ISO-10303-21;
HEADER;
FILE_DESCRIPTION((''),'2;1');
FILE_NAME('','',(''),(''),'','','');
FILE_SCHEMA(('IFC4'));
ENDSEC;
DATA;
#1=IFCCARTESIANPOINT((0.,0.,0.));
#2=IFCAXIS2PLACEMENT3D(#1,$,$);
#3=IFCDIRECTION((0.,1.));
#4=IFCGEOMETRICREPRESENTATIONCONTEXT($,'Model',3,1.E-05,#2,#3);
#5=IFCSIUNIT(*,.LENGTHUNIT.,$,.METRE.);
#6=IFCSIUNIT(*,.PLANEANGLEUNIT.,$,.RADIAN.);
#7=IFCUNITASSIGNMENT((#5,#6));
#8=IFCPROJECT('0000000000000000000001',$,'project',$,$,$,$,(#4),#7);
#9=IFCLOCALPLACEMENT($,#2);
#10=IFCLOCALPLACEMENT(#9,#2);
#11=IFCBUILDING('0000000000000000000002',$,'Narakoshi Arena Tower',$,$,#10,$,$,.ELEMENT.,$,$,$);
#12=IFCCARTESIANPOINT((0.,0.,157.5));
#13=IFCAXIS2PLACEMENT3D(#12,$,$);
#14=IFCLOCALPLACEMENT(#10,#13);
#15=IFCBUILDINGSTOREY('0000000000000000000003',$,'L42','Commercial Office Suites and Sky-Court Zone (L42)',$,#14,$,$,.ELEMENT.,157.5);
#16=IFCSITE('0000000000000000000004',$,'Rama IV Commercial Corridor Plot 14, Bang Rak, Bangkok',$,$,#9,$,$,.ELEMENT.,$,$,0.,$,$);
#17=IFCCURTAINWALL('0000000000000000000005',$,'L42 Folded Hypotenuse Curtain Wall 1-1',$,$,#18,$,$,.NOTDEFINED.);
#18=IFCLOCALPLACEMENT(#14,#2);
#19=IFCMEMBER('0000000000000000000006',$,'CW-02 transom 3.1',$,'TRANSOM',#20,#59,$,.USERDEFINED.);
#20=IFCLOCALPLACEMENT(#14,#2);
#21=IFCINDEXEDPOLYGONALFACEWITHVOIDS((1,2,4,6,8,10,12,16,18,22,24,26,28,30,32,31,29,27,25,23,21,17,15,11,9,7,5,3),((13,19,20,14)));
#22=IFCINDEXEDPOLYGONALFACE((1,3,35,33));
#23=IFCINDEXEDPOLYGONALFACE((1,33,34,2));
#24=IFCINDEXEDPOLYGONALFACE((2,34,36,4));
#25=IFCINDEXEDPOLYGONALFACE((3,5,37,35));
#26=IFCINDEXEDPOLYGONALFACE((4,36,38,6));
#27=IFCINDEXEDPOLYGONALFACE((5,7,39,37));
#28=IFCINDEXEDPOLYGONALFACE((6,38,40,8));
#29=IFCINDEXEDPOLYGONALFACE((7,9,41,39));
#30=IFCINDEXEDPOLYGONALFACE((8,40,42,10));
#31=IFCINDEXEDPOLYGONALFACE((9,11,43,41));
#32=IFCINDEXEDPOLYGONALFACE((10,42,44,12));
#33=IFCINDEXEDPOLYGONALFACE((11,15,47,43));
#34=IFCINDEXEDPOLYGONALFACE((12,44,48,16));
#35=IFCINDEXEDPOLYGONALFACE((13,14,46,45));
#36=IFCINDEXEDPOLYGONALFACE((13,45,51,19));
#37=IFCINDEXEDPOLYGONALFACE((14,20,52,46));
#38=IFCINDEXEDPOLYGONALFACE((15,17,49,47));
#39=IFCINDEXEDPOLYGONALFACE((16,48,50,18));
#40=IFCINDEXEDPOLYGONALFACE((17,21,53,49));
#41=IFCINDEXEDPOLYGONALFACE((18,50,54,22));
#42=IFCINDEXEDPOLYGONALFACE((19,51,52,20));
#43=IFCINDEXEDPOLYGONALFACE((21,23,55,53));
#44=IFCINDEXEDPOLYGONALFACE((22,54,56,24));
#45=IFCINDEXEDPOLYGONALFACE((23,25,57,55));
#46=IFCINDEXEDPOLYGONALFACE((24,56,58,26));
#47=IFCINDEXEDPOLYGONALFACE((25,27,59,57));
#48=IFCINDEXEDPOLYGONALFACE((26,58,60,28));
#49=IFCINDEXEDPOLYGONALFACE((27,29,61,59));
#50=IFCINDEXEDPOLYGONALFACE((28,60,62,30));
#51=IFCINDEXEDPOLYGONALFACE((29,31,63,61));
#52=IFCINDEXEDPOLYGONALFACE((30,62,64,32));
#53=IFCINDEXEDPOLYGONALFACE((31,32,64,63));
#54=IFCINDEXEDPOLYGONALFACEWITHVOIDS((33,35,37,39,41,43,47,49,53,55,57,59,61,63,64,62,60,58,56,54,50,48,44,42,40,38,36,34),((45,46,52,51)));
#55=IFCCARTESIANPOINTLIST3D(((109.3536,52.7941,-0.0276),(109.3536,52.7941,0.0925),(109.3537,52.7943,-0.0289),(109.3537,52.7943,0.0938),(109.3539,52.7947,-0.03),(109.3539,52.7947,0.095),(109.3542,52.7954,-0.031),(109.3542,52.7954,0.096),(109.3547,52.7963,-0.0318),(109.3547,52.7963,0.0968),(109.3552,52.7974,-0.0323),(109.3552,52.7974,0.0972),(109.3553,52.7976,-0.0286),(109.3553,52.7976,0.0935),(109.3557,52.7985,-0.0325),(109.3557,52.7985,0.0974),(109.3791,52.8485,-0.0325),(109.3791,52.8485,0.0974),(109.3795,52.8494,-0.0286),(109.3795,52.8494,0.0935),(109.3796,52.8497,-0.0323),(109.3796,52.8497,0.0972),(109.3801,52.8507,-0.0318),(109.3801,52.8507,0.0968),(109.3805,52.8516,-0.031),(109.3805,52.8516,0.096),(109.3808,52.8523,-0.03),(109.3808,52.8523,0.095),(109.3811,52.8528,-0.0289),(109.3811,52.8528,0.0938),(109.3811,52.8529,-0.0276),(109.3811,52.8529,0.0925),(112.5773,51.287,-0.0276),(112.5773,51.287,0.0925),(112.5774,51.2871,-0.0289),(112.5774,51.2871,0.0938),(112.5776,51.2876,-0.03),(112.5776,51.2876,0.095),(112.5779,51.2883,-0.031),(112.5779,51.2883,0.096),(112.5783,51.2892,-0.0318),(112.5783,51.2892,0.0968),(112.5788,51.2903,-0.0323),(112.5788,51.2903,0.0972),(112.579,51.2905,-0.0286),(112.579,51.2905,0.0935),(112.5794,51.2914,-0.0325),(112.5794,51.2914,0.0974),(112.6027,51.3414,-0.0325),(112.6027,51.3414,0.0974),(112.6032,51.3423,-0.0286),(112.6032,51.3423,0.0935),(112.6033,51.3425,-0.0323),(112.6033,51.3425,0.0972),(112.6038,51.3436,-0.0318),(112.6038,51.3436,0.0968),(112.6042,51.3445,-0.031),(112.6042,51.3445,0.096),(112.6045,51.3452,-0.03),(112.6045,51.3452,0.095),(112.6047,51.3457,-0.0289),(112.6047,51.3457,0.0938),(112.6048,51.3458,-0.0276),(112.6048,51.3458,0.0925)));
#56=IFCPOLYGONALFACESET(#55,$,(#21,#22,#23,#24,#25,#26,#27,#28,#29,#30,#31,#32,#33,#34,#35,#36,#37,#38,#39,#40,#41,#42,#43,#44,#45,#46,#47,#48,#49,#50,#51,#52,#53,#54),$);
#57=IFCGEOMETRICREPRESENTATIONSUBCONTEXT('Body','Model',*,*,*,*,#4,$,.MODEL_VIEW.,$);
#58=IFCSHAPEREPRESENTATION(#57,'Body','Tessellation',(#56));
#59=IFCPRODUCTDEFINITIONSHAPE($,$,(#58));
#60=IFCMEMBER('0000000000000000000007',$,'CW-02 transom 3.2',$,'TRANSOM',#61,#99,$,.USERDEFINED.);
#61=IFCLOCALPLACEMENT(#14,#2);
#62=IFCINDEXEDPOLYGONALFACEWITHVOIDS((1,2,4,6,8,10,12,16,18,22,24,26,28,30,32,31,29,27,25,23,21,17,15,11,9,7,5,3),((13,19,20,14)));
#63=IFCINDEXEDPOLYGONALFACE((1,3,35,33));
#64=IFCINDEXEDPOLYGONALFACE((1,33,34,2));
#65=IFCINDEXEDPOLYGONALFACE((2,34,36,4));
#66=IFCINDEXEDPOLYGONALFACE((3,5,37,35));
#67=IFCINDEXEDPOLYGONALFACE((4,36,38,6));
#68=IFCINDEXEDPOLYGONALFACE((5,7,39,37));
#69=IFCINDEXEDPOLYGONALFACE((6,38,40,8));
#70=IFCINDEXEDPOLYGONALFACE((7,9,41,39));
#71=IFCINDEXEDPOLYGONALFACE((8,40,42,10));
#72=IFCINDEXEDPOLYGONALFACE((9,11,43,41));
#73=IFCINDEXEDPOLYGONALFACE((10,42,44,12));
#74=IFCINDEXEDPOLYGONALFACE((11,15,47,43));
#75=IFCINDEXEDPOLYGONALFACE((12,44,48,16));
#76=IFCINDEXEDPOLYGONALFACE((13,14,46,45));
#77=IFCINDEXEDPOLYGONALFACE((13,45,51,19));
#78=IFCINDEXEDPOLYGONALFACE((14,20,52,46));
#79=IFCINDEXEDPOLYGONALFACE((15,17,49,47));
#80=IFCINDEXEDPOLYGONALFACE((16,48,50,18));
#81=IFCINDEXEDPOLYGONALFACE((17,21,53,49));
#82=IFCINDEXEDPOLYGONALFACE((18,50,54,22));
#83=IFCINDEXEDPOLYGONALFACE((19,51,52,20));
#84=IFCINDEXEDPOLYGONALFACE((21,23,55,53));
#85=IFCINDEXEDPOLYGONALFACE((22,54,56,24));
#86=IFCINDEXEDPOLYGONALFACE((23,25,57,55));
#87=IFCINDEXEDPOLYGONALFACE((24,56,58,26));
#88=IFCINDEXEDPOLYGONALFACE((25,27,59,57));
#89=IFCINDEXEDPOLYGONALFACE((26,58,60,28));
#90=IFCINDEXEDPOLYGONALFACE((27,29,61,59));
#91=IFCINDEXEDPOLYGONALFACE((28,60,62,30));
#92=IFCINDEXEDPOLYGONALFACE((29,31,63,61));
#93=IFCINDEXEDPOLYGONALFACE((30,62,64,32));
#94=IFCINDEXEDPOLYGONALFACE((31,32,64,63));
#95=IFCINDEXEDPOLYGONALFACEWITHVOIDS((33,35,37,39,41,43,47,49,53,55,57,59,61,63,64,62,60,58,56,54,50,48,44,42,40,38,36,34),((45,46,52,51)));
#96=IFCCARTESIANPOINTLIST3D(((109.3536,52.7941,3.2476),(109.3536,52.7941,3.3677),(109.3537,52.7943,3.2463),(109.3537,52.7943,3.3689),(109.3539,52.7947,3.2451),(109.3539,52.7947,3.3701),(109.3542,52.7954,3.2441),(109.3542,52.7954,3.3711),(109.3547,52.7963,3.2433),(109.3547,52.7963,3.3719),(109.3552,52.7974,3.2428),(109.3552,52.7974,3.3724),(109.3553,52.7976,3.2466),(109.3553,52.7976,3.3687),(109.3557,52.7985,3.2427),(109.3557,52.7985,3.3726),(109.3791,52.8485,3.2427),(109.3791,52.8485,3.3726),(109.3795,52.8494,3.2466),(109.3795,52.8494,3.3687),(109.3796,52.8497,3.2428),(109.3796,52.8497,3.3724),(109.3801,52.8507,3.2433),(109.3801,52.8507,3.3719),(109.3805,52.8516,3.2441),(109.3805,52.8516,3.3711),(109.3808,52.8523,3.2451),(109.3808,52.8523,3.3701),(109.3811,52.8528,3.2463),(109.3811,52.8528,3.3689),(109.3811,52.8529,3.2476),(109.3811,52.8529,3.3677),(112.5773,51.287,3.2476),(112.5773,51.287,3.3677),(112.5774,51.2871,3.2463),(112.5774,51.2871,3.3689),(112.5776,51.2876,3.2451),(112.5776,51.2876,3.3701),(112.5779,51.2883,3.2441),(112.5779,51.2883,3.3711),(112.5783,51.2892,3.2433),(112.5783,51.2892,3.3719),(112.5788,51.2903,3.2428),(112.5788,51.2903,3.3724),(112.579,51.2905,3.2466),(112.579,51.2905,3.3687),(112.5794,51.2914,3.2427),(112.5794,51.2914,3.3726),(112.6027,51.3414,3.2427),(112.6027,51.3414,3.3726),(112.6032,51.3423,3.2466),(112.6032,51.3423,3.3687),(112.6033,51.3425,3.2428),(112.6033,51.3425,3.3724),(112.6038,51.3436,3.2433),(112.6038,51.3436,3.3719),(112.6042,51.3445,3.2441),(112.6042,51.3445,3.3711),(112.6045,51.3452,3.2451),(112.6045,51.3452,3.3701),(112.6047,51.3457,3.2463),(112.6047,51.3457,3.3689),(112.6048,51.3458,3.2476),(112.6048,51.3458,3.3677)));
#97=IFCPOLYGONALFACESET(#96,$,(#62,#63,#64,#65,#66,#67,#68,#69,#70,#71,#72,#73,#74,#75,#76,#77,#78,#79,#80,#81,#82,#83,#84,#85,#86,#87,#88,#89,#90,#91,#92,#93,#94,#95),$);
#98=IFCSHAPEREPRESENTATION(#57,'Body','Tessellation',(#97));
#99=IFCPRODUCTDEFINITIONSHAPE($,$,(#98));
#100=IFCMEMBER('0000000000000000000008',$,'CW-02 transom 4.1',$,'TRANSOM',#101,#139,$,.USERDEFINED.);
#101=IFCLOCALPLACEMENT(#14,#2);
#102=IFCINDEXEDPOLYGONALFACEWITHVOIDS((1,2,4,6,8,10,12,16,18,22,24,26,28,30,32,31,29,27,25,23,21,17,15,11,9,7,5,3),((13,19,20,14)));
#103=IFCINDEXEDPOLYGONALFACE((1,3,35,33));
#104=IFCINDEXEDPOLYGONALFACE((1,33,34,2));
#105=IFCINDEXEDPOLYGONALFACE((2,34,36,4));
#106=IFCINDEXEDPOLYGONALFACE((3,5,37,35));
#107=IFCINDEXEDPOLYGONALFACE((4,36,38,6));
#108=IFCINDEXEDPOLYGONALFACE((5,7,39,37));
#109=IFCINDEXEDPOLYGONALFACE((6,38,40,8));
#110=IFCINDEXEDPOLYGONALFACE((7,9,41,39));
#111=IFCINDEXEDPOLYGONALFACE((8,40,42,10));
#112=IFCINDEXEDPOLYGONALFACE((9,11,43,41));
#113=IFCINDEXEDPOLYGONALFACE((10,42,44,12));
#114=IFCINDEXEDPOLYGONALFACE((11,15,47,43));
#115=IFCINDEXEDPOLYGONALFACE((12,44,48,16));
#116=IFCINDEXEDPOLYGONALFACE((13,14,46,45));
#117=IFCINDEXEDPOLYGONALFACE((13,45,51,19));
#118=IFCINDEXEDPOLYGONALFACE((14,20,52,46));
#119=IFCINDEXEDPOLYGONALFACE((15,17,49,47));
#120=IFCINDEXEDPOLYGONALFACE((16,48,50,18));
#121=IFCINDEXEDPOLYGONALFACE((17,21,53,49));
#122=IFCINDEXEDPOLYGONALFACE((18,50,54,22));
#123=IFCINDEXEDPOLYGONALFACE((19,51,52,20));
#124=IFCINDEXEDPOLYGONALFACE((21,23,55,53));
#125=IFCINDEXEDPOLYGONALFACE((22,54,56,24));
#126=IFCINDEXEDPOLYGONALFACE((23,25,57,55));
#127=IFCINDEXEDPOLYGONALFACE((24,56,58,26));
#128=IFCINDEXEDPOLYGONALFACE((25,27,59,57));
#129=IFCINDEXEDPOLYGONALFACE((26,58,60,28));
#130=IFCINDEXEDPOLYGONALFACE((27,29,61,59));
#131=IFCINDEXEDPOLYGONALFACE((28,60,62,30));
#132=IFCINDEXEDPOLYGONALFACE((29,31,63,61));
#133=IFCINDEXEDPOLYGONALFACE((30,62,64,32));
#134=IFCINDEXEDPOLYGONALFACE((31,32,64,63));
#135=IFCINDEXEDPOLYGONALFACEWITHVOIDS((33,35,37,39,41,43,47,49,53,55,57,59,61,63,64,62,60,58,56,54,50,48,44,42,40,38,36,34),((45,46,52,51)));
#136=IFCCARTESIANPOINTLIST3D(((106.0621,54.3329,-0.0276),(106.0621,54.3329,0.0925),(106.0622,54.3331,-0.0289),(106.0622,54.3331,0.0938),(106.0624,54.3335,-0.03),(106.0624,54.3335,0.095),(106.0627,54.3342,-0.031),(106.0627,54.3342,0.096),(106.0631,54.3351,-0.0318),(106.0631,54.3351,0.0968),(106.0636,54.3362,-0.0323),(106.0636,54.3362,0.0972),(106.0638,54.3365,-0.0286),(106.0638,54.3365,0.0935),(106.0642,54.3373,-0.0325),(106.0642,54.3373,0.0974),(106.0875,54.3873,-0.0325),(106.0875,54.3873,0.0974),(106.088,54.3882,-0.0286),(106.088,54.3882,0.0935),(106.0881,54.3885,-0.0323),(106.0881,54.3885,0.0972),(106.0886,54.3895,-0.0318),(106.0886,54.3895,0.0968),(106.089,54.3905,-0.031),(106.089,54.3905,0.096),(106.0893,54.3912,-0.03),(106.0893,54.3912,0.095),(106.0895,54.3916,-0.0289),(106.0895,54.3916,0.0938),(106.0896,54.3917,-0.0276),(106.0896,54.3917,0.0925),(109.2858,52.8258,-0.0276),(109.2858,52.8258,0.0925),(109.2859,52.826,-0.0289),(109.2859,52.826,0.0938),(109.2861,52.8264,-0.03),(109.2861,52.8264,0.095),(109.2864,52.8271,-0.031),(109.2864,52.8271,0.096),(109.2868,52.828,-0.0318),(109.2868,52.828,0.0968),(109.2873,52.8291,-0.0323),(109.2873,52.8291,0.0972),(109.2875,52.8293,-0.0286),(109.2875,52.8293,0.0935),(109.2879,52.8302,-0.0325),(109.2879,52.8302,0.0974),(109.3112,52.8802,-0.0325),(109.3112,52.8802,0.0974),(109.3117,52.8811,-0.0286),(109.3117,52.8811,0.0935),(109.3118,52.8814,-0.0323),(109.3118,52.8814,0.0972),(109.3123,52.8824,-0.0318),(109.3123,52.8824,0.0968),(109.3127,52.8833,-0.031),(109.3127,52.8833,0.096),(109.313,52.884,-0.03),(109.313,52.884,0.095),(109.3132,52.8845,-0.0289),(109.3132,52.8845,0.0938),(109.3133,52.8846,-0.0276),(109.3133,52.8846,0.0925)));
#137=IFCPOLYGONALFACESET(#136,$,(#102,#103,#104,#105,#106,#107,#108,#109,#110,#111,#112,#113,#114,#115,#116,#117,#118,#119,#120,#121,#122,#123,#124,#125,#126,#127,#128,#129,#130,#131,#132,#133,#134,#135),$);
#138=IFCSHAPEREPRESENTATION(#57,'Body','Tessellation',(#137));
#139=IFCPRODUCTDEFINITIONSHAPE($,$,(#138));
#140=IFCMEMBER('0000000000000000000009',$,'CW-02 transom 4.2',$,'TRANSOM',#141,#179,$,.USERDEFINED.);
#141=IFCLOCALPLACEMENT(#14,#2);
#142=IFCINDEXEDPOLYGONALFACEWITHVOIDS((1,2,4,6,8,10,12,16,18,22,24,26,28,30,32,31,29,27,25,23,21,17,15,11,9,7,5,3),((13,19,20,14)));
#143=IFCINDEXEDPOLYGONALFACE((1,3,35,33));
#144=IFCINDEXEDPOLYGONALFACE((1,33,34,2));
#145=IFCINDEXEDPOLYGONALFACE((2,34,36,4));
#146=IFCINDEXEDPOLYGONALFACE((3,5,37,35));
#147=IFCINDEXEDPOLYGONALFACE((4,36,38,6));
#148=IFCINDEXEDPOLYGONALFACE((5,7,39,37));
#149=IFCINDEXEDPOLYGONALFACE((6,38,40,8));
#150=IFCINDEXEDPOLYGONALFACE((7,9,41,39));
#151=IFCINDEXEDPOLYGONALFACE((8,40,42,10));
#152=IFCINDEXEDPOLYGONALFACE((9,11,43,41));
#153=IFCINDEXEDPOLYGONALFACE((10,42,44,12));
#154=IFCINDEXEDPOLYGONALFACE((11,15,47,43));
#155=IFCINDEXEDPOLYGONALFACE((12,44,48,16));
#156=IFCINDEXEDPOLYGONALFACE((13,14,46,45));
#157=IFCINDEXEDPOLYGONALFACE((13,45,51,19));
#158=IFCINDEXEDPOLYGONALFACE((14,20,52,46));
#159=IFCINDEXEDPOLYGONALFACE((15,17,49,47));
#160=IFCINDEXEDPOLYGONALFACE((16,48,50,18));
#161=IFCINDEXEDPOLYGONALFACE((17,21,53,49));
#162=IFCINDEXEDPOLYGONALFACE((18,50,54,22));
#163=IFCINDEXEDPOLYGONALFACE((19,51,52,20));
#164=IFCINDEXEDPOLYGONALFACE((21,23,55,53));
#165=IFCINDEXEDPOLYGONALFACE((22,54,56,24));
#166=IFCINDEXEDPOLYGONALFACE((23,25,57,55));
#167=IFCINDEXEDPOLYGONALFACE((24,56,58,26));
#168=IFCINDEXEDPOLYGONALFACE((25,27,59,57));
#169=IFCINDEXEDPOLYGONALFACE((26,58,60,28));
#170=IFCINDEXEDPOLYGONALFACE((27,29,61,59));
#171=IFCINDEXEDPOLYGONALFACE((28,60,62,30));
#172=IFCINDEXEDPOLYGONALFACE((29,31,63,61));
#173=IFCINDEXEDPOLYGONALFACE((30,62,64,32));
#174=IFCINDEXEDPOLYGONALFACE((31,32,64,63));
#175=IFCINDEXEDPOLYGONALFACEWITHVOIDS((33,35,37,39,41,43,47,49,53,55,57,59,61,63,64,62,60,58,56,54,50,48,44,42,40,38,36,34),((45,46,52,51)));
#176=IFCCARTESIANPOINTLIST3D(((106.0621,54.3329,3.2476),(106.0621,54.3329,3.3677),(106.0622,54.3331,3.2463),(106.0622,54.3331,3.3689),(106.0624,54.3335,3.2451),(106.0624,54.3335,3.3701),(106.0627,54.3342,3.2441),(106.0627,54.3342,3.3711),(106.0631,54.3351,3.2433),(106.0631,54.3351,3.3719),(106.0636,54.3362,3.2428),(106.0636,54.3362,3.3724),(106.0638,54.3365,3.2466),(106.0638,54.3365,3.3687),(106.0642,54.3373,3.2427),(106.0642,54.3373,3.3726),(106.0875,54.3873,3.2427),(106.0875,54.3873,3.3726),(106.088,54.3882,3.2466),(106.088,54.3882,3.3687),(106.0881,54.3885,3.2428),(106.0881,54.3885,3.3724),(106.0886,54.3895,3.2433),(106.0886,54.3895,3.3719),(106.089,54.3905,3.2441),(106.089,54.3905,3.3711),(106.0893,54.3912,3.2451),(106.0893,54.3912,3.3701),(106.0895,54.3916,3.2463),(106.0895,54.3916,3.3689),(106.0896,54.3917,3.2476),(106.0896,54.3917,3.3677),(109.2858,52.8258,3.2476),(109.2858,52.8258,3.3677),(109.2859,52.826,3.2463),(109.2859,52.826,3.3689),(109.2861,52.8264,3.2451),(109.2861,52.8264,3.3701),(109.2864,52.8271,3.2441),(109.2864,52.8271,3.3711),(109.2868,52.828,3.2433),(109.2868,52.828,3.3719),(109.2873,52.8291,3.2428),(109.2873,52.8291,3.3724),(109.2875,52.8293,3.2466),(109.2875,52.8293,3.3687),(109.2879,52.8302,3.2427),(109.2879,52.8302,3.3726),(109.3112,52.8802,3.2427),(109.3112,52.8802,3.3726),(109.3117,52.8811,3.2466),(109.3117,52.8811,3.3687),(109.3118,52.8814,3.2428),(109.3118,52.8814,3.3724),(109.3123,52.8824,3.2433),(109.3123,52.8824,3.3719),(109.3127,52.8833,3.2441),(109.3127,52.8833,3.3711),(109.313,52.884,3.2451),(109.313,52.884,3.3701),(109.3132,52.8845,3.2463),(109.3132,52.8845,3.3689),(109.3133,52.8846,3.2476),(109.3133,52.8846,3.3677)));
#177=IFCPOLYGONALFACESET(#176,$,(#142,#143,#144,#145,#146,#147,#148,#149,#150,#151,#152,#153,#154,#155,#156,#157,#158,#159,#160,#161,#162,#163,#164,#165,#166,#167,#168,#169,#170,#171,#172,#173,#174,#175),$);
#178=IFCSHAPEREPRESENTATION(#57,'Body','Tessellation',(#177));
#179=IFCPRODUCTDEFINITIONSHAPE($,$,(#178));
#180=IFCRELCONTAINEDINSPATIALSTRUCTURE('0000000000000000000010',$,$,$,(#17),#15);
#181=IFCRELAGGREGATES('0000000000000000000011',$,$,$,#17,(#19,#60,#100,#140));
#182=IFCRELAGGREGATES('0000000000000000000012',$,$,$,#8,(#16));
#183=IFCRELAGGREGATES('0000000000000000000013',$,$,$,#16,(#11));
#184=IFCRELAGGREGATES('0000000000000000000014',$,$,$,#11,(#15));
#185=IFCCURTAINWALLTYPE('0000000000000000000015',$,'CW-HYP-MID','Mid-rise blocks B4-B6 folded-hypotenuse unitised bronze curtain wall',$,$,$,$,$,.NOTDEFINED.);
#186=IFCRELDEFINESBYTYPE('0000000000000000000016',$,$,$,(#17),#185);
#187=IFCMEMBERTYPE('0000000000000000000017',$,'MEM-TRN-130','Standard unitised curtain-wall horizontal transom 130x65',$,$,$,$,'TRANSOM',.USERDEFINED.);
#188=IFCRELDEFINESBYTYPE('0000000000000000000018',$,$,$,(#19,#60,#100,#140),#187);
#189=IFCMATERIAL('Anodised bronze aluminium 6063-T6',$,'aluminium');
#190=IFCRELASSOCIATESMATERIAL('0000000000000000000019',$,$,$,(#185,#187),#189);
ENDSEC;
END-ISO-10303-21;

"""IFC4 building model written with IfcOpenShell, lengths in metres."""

from ifc_helpers import new_model, si_unit, direction, frame, origin, origin_2d, place, context, subcontext, project, spatial, hollow_rectangle, extrude, material, material_profile, profile_set, type_object, element, aggregate, save


model = new_model("IFC4")

# Units and contexts
model_context = context("Model", 3, precision=1e-05, world=origin(), true_north=direction((0.0, 1.0)))
body_context = subcontext(model_context, "Body", "Model", "MODEL_VIEW")
ifc_project = project(units=[si_unit("LENGTHUNIT", "METRE"), si_unit("PLANEANGLEUNIT", "RADIAN")], contexts=[model_context])

# Site, building, storey
site_placement = place(None, origin())
site = spatial("IfcSite", under=ifc_project, at=site_placement, Name="Rama IV Commercial Corridor Plot 14, Bang Rak, Bangkok", CompositionType="ELEMENT", RefElevation=0.0)
building_placement = place(site_placement, origin())
building = spatial("IfcBuilding", under=site, at=building_placement, Name="Narakoshi Arena Tower", CompositionType="ELEMENT")
storey_placement = place(building_placement, frame((0.0, 0.0, 157.5)))
storey = spatial("IfcBuildingStorey", under=building, at=storey_placement, Name="L42", Description="Commercial Office Suites and Sky-Court Zone (L42)", CompositionType="ELEMENT", Elevation=157.5)

# Curtain wall, members
ifc_material_1 = material(Name="Anodised bronze aluminium 6063-T6", Category="aluminium")
curtain_wall_type = type_object("IfcCurtainWallType", Name="CW-HYP-MID", Description="Mid-rise blocks B4-B6 folded-hypotenuse unitised bronze curtain wall", PredefinedType="NOTDEFINED", material=ifc_material_1)
curtain_wall_placement = place(storey_placement, origin())
curtain_wall = element("IfcCurtainWall", 1, at=curtain_wall_placement, inside=storey, type_object=curtain_wall_type, Name="L42 Folded Hypotenuse Curtain Wall 1-1", PredefinedType="NOTDEFINED")
ifc_material_profile_1 = material_profile(ifc_material_1, hollow_rectangle(XDim=0.0649, YDim=0.1299, WallThickness=0.0039, OuterFilletRadius=0.0049, at=origin_2d()), Name="TRN130x65x4")
ifc_profile_set_1 = profile_set([ifc_material_profile_1], Name="Anodised bronze aluminium 6063-T6")
member_type_1 = type_object("IfcMemberType", Name="MEM-TRN-130", Description="Standard unitised curtain-wall horizontal transom 130x65", ElementType="TRANSOM", PredefinedType="USERDEFINED", material=ifc_profile_set_1)
member_1_placement = place(storey_placement, frame((112.5911, 51.3164, 0.0325), z_axis=(-0.90589, 0.423513, 0.0), x_axis=(-0.423513, -0.90589, 0.0)))
member_1 = element("IfcMember", 2, at=member_1_placement, type_object=member_type_1, Name="CW-02 transom 3.1", ObjectType="TRANSOM", PredefinedType="USERDEFINED", context=body_context, shape_type="SweptSolid", body=[
    extrude(hollow_rectangle(XDim=0.0649, YDim=0.1299, WallThickness=0.0039, OuterFilletRadius=0.0049, at=origin_2d()), origin(), (0.0, 0.0, 1.0), 3.5586),
])
member_2_placement = place(storey_placement, frame((112.5911, 51.3164, 3.3076), z_axis=(-0.90589, 0.423513, 0.0), x_axis=(-0.423513, -0.90589, 0.0)))
member_2 = element("IfcMember", 3, at=member_2_placement, type_object=member_type_1, Name="CW-02 transom 3.2", ObjectType="TRANSOM", PredefinedType="USERDEFINED", context=body_context, shape_type="SweptSolid", body=[
    extrude(hollow_rectangle(XDim=0.0649, YDim=0.1299, WallThickness=0.0039, OuterFilletRadius=0.0049, at=origin_2d()), origin(), (0.0, 0.0, 1.0), 3.5586),
])
member_3_placement = place(storey_placement, frame((109.2996, 52.8552, 0.0325), z_axis=(-0.90589, 0.423513, 0.0), x_axis=(-0.423513, -0.90589, 0.0)))
member_3 = element("IfcMember", 4, at=member_3_placement, type_object=member_type_1, Name="CW-02 transom 4.1", ObjectType="TRANSOM", PredefinedType="USERDEFINED", context=body_context, shape_type="SweptSolid", body=[
    extrude(hollow_rectangle(XDim=0.0649, YDim=0.1299, WallThickness=0.0039, OuterFilletRadius=0.0049, at=origin_2d()), origin(), (0.0, 0.0, 1.0), 3.5586),
])
member_4_placement = place(storey_placement, frame((109.2996, 52.8552, 3.3076), z_axis=(-0.90589, 0.423513, 0.0), x_axis=(-0.423513, -0.90589, 0.0)))
member_4 = element("IfcMember", 5, at=member_4_placement, type_object=member_type_1, Name="CW-02 transom 4.2", ObjectType="TRANSOM", PredefinedType="USERDEFINED", context=body_context, shape_type="SweptSolid", body=[
    extrude(hollow_rectangle(XDim=0.0649, YDim=0.1299, WallThickness=0.0039, OuterFilletRadius=0.0049, at=origin_2d()), origin(), (0.0, 0.0, 1.0), 3.5586),
])
aggregate(curtain_wall, [member_1, member_2, member_3, member_4])

save(model, "model.ifc")
